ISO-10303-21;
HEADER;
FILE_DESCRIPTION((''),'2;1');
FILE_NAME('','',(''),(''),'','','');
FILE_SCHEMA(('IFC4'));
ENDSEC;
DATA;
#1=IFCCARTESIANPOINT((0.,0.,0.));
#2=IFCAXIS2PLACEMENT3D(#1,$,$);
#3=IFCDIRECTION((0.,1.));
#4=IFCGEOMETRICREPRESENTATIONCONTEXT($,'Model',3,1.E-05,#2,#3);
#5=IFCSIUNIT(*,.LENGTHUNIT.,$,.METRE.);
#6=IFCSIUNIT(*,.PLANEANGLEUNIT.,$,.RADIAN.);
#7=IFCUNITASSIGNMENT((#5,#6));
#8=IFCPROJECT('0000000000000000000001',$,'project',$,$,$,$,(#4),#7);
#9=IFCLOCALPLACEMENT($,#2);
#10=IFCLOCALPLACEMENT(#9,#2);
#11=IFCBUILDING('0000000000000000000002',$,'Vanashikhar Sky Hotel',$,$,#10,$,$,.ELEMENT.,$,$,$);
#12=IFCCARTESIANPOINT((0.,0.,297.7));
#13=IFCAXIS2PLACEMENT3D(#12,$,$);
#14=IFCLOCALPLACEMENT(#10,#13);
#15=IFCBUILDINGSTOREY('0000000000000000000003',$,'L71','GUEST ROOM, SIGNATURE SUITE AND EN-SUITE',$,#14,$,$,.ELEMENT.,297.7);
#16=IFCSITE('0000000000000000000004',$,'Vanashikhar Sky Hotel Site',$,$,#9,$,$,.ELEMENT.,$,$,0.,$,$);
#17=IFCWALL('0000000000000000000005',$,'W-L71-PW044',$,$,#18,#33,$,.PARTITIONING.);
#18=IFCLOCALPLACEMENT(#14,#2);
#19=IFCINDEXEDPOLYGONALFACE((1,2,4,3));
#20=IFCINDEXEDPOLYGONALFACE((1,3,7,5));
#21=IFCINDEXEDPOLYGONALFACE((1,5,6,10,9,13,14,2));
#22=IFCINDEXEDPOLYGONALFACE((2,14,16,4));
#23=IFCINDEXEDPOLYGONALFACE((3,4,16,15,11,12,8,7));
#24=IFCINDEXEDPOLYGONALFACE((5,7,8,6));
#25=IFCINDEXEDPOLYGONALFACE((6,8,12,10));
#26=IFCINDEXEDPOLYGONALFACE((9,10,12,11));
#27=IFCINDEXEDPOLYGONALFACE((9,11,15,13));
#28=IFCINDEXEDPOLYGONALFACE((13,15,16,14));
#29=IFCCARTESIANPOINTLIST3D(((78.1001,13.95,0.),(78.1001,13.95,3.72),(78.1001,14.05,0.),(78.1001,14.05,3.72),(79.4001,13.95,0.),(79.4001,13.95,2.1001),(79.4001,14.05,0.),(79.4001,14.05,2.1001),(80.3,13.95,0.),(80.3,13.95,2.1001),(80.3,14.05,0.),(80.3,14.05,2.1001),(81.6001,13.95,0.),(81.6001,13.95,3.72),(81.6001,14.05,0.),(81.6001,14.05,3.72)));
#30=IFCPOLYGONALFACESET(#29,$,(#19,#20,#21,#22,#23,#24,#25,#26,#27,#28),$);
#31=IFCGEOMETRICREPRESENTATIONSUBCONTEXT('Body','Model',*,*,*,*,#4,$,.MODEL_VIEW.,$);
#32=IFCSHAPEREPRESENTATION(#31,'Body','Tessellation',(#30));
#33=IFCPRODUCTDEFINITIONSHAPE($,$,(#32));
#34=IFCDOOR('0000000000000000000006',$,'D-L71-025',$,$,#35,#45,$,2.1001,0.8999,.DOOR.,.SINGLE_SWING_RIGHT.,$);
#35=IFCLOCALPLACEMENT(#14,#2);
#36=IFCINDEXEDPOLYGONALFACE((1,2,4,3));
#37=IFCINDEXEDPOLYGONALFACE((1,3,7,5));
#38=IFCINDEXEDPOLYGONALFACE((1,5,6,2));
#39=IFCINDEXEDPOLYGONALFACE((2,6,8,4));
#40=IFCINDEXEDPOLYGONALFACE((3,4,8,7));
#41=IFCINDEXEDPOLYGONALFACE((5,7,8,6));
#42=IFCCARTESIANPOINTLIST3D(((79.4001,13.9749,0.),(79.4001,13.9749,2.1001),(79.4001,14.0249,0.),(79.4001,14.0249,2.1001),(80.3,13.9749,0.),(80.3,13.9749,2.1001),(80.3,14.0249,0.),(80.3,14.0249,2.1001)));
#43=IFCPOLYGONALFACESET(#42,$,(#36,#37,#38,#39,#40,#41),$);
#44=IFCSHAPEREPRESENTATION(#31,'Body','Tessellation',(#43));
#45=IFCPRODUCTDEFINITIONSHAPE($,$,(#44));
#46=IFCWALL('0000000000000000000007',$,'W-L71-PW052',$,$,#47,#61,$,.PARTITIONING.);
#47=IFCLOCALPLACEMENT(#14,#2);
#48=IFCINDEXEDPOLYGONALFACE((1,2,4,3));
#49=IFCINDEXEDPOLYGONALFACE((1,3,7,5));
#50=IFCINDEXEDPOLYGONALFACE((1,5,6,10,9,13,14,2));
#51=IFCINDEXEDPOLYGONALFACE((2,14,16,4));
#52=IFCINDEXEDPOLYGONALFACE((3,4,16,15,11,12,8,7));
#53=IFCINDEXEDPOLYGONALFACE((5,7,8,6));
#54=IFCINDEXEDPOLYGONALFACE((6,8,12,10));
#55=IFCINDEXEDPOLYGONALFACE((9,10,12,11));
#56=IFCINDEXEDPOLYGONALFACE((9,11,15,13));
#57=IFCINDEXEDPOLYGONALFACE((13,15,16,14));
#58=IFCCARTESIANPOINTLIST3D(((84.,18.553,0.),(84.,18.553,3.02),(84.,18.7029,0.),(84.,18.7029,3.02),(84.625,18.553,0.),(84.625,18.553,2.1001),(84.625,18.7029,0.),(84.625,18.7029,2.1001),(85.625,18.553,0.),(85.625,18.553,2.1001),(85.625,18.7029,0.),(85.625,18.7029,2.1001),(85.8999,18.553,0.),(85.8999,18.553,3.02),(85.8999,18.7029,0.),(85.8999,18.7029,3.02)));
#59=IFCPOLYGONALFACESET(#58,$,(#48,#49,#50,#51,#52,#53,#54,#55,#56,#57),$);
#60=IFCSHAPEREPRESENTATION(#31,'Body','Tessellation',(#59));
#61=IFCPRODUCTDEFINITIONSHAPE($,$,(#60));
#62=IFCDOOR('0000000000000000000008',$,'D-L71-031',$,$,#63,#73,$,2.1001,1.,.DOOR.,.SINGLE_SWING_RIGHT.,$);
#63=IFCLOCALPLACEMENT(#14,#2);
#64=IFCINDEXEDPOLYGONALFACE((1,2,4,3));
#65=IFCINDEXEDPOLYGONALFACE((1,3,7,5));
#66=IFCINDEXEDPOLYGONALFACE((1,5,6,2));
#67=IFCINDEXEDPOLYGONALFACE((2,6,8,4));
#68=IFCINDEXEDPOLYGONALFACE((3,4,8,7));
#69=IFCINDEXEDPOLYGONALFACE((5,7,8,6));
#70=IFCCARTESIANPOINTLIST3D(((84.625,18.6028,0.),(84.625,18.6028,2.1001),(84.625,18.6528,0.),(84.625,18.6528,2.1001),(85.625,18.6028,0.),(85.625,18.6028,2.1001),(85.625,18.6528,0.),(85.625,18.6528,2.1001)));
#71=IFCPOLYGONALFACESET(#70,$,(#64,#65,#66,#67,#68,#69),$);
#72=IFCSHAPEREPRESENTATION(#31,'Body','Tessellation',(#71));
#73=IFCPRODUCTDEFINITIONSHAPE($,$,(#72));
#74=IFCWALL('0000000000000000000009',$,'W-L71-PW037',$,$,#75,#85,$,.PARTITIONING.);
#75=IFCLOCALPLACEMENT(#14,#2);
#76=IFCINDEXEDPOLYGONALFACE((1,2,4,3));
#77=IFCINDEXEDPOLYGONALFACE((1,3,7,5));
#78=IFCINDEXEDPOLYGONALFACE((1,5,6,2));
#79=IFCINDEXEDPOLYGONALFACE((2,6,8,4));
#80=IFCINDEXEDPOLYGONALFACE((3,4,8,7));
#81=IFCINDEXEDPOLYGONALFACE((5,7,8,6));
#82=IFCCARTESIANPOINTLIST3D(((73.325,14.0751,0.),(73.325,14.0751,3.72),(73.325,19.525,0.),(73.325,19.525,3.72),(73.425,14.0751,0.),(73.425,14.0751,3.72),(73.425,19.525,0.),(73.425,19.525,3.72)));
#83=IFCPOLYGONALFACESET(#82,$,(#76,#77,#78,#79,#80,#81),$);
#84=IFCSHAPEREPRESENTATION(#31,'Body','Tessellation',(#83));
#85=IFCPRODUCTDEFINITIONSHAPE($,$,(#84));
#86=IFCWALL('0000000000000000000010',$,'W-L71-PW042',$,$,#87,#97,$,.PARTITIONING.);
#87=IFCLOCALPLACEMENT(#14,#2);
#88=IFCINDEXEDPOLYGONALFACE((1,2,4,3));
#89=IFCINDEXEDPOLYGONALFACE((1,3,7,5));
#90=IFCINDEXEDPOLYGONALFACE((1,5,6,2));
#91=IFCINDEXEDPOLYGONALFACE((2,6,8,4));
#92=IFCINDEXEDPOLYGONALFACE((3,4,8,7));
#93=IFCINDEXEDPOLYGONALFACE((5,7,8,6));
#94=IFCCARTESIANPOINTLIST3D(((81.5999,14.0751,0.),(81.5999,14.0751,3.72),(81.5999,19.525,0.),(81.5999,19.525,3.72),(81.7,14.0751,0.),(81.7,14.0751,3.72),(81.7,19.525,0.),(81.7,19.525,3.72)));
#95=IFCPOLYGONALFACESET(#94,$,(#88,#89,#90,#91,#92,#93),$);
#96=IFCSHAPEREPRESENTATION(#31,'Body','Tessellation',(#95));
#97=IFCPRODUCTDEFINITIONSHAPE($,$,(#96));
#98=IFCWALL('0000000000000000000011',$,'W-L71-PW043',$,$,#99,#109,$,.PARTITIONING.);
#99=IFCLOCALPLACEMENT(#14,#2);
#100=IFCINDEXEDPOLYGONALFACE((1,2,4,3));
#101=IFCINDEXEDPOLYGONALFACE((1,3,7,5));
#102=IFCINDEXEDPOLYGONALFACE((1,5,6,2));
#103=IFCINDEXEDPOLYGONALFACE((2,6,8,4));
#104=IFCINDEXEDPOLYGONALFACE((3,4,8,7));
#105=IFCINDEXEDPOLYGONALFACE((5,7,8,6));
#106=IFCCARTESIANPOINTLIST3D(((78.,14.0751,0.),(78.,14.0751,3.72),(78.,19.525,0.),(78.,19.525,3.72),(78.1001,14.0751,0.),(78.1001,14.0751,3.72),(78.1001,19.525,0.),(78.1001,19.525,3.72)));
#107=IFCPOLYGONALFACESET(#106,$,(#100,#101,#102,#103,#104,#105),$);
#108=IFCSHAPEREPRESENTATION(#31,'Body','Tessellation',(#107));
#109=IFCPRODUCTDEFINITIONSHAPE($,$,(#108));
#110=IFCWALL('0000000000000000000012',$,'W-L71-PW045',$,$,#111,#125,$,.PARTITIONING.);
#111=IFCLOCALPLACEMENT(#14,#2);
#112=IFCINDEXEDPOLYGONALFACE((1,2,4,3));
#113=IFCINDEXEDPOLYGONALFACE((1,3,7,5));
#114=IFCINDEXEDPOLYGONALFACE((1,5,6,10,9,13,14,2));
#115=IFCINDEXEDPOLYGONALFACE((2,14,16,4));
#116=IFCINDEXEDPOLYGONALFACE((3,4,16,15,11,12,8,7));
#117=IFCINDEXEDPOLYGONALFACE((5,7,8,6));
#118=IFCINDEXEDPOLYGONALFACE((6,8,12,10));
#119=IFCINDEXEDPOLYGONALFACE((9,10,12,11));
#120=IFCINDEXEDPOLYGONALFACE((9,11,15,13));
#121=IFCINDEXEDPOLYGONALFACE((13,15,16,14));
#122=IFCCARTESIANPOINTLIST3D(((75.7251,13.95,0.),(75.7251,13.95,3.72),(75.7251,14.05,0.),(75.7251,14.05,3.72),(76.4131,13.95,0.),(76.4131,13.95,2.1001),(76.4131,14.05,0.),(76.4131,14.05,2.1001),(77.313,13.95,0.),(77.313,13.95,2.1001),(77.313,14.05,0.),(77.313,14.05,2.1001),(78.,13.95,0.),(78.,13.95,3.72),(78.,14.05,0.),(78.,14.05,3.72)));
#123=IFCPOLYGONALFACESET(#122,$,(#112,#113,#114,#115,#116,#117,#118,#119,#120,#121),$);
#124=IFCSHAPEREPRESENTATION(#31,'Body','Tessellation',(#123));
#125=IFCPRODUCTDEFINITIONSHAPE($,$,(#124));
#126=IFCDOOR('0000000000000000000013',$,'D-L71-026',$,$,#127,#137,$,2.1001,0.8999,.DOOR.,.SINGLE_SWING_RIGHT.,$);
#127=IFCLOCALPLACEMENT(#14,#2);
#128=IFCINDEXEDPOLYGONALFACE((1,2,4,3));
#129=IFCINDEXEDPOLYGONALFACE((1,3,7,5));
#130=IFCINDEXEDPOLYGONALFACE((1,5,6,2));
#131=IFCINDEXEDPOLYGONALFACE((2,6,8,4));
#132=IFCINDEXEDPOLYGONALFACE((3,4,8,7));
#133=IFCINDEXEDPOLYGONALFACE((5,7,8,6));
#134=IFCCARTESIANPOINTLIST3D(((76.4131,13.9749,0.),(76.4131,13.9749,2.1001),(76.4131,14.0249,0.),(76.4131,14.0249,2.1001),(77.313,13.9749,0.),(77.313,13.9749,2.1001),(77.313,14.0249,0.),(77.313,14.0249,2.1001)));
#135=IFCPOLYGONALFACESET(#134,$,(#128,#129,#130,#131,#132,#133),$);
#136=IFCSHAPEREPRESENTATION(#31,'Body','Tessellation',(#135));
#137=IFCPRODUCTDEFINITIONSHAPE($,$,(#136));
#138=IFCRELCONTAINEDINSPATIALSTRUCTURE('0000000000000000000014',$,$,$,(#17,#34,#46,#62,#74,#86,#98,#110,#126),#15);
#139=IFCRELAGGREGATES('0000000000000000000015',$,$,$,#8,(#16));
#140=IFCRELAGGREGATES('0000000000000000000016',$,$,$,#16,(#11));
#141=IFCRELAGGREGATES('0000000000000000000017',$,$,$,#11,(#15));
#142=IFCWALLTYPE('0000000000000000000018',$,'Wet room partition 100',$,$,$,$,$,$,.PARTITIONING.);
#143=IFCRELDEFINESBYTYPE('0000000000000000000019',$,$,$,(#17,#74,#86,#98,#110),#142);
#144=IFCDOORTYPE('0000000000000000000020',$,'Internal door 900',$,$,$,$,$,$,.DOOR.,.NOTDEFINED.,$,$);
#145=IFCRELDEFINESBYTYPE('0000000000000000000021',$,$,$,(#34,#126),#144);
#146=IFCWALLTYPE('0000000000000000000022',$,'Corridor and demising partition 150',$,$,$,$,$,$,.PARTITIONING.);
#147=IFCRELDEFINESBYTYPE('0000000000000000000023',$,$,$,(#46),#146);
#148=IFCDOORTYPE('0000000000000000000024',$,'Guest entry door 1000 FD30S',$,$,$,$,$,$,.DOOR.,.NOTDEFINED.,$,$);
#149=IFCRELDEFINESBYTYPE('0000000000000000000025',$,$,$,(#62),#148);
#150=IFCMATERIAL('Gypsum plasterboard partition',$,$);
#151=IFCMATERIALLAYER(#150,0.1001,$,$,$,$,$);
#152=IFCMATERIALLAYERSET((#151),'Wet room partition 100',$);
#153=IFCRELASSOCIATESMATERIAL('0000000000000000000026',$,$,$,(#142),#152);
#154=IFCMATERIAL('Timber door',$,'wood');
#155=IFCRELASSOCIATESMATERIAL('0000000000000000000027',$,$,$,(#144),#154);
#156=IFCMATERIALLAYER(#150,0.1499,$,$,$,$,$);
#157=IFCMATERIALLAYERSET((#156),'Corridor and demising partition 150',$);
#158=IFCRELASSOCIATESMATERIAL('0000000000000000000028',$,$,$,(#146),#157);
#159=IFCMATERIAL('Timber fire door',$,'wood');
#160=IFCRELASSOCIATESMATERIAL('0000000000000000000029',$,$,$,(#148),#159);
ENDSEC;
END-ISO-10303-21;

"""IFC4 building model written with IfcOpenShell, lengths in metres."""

from ifc_helpers import new_model, si_unit, direction, frame, frame_2d, origin, place, context, subcontext, project, spatial, rectangle, extrude, source, transform, mapped, material, layer, layer_set, type_object, element, fill, save


model = new_model("IFC4")

# Units and contexts
model_context = context("Model", 3, precision=1e-05, world=origin(), true_north=direction((0.0, 1.0)))
body_context = subcontext(model_context, "Body", "Model", "MODEL_VIEW")
ifc_project = project(units=[si_unit("LENGTHUNIT", "METRE"), si_unit("PLANEANGLEUNIT", "RADIAN")], contexts=[model_context])

# Site, building, storey
site_placement = place(None, origin())
site = spatial("IfcSite", under=ifc_project, at=site_placement, Name="Vanashikhar Sky Hotel Site", CompositionType="ELEMENT", RefElevation=0.0)
building_placement = place(site_placement, origin())
building = spatial("IfcBuilding", under=site, at=building_placement, Name="Vanashikhar Sky Hotel", CompositionType="ELEMENT")
storey_placement = place(building_placement, frame((0.0, 0.0, 297.7)))
storey = spatial("IfcBuildingStorey", under=building, at=storey_placement, Name="L71", Description="GUEST ROOM, SIGNATURE SUITE AND EN-SUITE", CompositionType="ELEMENT", Elevation=297.7)

# Walls, openings, doors
ifc_material_1 = material(Name="Gypsum plasterboard partition")
ifc_layer_1 = layer(ifc_material_1, 0.1001)
ifc_layer_set_1 = layer_set([ifc_layer_1], Name="Wet room partition 100")
wall_type_1 = type_object("IfcWallType", Name="Wet room partition 100", PredefinedType="PARTITIONING", material=ifc_layer_set_1)
shared_shape_1 = source(origin(), body_context, "Body", "SweptSolid", [
    extrude(rectangle(XDim=3.5, YDim=0.1001, at=frame_2d((1.75, 0.0))), origin(), (0.0, 0.0, 1.0), 3.72),
])
wall_1_placement = place(storey_placement, frame((78.1001, 14.0, 0.0), z_axis=(0.0, 0.0, 1.0), x_axis=(1.0, 0.0, 0.0)))
wall_1 = element("IfcWall", 1, at=wall_1_placement, inside=storey, type_object=wall_type_1, Name="W-L71-PW044", PredefinedType="PARTITIONING", context=body_context, shape_type="MappedRepresentation", body=[
    mapped(shared_shape_1, transform((0.0, 0.0, 0.0), scale=1.0)),
])
shared_shape_2 = source(origin(), body_context, "Body", "SweptSolid", [
    extrude(rectangle(XDim=0.8999, YDim=2.1001, at=frame_2d((0.45, 1.05))), frame((0.0, 0.0601, 0.0), z_axis=(0.0, -1.0, 0.0), x_axis=(1.0, 0.0, 0.0)), (0.0, 0.0, 1.0), 0.1201),
])
opening_1_placement = place(wall_1_placement, frame((1.3, 0.0, 0.0)))
opening_1 = element("IfcOpeningElement", 2, at=opening_1_placement, cuts=wall_1, PredefinedType="OPENING", context=body_context, shape_type="MappedRepresentation", body=[
    mapped(shared_shape_2, transform((0.0, 0.0, 0.0), scale=1.0)),
])
ifc_material_2 = material(Name="Timber door", Category="wood")
door_type_1 = type_object("IfcDoorType", Name="Internal door 900", OperationType="NOTDEFINED", PredefinedType="DOOR", material=ifc_material_2)
shared_shape_3 = source(origin(), body_context, "Body", "SweptSolid", [
    extrude(rectangle(XDim=0.8999, YDim=2.1001, at=frame_2d((0.45, 1.05))), frame((0.0, 0.0249, 0.0), z_axis=(0.0, -1.0, 0.0), x_axis=(1.0, 0.0, 0.0)), (0.0, 0.0, 1.0), 0.05),
])
door_1_placement = place(opening_1_placement, origin())
door_1 = element("IfcDoor", 3, at=door_1_placement, inside=storey, type_object=door_type_1, Name="D-L71-025", OperationType="SINGLE_SWING_RIGHT", OverallHeight=2.1001, OverallWidth=0.8999, PredefinedType="DOOR", context=body_context, shape_type="MappedRepresentation", body=[
    mapped(shared_shape_3, transform((0.0, 0.0, 0.0), scale=1.0)),
])
fill(opening_1, door_1)
ifc_layer_2 = layer(ifc_material_1, 0.1499)
ifc_layer_set_2 = layer_set([ifc_layer_2], Name="Corridor and demising partition 150")
wall_type_2 = type_object("IfcWallType", Name="Corridor and demising partition 150", PredefinedType="PARTITIONING", material=ifc_layer_set_2)
shared_shape_4 = source(origin(), body_context, "Body", "SweptSolid", [
    extrude(rectangle(XDim=1.8999, YDim=0.1499, at=frame_2d((0.95, 0.0))), origin(), (0.0, 0.0, 1.0), 3.02),
])
wall_2_placement = place(storey_placement, frame((84.0, 18.6279, 0.0), z_axis=(0.0, 0.0, 1.0), x_axis=(1.0, 0.0, 0.0)))
wall_2 = element("IfcWall", 4, at=wall_2_placement, inside=storey, type_object=wall_type_2, Name="W-L71-PW052", PredefinedType="PARTITIONING", context=body_context, shape_type="MappedRepresentation", body=[
    mapped(shared_shape_4, transform((0.0, 0.0, 0.0), scale=1.0)),
])
shared_shape_5 = source(origin(), body_context, "Body", "SweptSolid", [
    extrude(rectangle(XDim=1.0, YDim=2.1001, at=frame_2d((0.5, 1.05))), frame((0.0, 0.085, 0.0), z_axis=(0.0, -1.0, 0.0), x_axis=(1.0, 0.0, 0.0)), (0.0, 0.0, 1.0), 0.1699),
])
opening_2_placement = place(wall_2_placement, frame((0.625, 0.0, 0.0)))
opening_2 = element("IfcOpeningElement", 5, at=opening_2_placement, cuts=wall_2, PredefinedType="OPENING", context=body_context, shape_type="MappedRepresentation", body=[
    mapped(shared_shape_5, transform((0.0, 0.0, 0.0), scale=1.0)),
])
ifc_material_3 = material(Name="Timber fire door", Category="wood")
door_type_2 = type_object("IfcDoorType", Name="Guest entry door 1000 FD30S", OperationType="NOTDEFINED", PredefinedType="DOOR", material=ifc_material_3)
shared_shape_6 = source(origin(), body_context, "Body", "SweptSolid", [
    extrude(rectangle(XDim=1.0, YDim=2.1001, at=frame_2d((0.5, 1.05))), frame((0.0, 0.0249, 0.0), z_axis=(0.0, -1.0, 0.0), x_axis=(1.0, 0.0, 0.0)), (0.0, 0.0, 1.0), 0.05),
])
door_2_placement = place(opening_2_placement, origin())
door_2 = element("IfcDoor", 6, at=door_2_placement, inside=storey, type_object=door_type_2, Name="D-L71-031", OperationType="SINGLE_SWING_RIGHT", OverallHeight=2.1001, OverallWidth=1.0, PredefinedType="DOOR", context=body_context, shape_type="MappedRepresentation", body=[
    mapped(shared_shape_6, transform((0.0, 0.0, 0.0), scale=1.0)),
])
fill(opening_2, door_2)

# Walls
shared_shape_7 = source(origin(), body_context, "Body", "SweptSolid", [
    extrude(rectangle(XDim=5.45, YDim=0.1001, at=frame_2d((2.7251, 0.0))), origin(), (0.0, 0.0, 1.0), 3.72),
])
for number, where, z_axis, x_axis, name in (
    (7, (73.375, 14.075, 0.0), (0.0, 0.0, 1.0), (0.0, 1.0, 0.0), "W-L71-PW037"),
    (8, (81.6499, 14.075, 0.0), (0.0, 0.0, 1.0), (0.0, 1.0, 0.0), "W-L71-PW042"),
    (9, (78.05, 14.075, 0.0), (0.0, 0.0, 1.0), (0.0, 1.0, 0.0), "W-L71-PW043"),
):
    element("IfcWall", number, at=place(storey_placement, frame(where, z_axis=z_axis, x_axis=x_axis)), inside=storey, type_object=wall_type_1, Name=name, PredefinedType="PARTITIONING", context=body_context, shape_type="MappedRepresentation", body=[
        mapped(shared_shape_7, transform((0.0, 0.0, 0.0), scale=1.0)),
    ])

# Wall, opening, door
shared_shape_8 = source(origin(), body_context, "Body", "SweptSolid", [
    extrude(rectangle(XDim=2.2749, YDim=0.1001, at=frame_2d((1.1375, 0.0))), origin(), (0.0, 0.0, 1.0), 3.72),
])
wall_3_placement = place(storey_placement, frame((75.7251, 14.0, 0.0), z_axis=(0.0, 0.0, 1.0), x_axis=(1.0, 0.0, 0.0)))
wall_3 = element("IfcWall", 10, at=wall_3_placement, inside=storey, type_object=wall_type_1, Name="W-L71-PW045", PredefinedType="PARTITIONING", context=body_context, shape_type="MappedRepresentation", body=[
    mapped(shared_shape_8, transform((0.0, 0.0, 0.0), scale=1.0)),
])
opening_3_placement = place(wall_3_placement, frame((0.688, 0.0, 0.0)))
opening_3 = element("IfcOpeningElement", 11, at=opening_3_placement, cuts=wall_3, PredefinedType="OPENING", context=body_context, shape_type="MappedRepresentation", body=[
    mapped(shared_shape_2, transform((0.0, 0.0, 0.0), scale=1.0)),
])
door_3_placement = place(opening_3_placement, origin())
door_3 = element("IfcDoor", 12, at=door_3_placement, inside=storey, type_object=door_type_1, Name="D-L71-026", OperationType="SINGLE_SWING_RIGHT", OverallHeight=2.1001, OverallWidth=0.8999, PredefinedType="DOOR", context=body_context, shape_type="MappedRepresentation", body=[
    mapped(shared_shape_3, transform((0.0, 0.0, 0.0), scale=1.0)),
])
fill(opening_3, door_3)

save(model, "model.ifc")
